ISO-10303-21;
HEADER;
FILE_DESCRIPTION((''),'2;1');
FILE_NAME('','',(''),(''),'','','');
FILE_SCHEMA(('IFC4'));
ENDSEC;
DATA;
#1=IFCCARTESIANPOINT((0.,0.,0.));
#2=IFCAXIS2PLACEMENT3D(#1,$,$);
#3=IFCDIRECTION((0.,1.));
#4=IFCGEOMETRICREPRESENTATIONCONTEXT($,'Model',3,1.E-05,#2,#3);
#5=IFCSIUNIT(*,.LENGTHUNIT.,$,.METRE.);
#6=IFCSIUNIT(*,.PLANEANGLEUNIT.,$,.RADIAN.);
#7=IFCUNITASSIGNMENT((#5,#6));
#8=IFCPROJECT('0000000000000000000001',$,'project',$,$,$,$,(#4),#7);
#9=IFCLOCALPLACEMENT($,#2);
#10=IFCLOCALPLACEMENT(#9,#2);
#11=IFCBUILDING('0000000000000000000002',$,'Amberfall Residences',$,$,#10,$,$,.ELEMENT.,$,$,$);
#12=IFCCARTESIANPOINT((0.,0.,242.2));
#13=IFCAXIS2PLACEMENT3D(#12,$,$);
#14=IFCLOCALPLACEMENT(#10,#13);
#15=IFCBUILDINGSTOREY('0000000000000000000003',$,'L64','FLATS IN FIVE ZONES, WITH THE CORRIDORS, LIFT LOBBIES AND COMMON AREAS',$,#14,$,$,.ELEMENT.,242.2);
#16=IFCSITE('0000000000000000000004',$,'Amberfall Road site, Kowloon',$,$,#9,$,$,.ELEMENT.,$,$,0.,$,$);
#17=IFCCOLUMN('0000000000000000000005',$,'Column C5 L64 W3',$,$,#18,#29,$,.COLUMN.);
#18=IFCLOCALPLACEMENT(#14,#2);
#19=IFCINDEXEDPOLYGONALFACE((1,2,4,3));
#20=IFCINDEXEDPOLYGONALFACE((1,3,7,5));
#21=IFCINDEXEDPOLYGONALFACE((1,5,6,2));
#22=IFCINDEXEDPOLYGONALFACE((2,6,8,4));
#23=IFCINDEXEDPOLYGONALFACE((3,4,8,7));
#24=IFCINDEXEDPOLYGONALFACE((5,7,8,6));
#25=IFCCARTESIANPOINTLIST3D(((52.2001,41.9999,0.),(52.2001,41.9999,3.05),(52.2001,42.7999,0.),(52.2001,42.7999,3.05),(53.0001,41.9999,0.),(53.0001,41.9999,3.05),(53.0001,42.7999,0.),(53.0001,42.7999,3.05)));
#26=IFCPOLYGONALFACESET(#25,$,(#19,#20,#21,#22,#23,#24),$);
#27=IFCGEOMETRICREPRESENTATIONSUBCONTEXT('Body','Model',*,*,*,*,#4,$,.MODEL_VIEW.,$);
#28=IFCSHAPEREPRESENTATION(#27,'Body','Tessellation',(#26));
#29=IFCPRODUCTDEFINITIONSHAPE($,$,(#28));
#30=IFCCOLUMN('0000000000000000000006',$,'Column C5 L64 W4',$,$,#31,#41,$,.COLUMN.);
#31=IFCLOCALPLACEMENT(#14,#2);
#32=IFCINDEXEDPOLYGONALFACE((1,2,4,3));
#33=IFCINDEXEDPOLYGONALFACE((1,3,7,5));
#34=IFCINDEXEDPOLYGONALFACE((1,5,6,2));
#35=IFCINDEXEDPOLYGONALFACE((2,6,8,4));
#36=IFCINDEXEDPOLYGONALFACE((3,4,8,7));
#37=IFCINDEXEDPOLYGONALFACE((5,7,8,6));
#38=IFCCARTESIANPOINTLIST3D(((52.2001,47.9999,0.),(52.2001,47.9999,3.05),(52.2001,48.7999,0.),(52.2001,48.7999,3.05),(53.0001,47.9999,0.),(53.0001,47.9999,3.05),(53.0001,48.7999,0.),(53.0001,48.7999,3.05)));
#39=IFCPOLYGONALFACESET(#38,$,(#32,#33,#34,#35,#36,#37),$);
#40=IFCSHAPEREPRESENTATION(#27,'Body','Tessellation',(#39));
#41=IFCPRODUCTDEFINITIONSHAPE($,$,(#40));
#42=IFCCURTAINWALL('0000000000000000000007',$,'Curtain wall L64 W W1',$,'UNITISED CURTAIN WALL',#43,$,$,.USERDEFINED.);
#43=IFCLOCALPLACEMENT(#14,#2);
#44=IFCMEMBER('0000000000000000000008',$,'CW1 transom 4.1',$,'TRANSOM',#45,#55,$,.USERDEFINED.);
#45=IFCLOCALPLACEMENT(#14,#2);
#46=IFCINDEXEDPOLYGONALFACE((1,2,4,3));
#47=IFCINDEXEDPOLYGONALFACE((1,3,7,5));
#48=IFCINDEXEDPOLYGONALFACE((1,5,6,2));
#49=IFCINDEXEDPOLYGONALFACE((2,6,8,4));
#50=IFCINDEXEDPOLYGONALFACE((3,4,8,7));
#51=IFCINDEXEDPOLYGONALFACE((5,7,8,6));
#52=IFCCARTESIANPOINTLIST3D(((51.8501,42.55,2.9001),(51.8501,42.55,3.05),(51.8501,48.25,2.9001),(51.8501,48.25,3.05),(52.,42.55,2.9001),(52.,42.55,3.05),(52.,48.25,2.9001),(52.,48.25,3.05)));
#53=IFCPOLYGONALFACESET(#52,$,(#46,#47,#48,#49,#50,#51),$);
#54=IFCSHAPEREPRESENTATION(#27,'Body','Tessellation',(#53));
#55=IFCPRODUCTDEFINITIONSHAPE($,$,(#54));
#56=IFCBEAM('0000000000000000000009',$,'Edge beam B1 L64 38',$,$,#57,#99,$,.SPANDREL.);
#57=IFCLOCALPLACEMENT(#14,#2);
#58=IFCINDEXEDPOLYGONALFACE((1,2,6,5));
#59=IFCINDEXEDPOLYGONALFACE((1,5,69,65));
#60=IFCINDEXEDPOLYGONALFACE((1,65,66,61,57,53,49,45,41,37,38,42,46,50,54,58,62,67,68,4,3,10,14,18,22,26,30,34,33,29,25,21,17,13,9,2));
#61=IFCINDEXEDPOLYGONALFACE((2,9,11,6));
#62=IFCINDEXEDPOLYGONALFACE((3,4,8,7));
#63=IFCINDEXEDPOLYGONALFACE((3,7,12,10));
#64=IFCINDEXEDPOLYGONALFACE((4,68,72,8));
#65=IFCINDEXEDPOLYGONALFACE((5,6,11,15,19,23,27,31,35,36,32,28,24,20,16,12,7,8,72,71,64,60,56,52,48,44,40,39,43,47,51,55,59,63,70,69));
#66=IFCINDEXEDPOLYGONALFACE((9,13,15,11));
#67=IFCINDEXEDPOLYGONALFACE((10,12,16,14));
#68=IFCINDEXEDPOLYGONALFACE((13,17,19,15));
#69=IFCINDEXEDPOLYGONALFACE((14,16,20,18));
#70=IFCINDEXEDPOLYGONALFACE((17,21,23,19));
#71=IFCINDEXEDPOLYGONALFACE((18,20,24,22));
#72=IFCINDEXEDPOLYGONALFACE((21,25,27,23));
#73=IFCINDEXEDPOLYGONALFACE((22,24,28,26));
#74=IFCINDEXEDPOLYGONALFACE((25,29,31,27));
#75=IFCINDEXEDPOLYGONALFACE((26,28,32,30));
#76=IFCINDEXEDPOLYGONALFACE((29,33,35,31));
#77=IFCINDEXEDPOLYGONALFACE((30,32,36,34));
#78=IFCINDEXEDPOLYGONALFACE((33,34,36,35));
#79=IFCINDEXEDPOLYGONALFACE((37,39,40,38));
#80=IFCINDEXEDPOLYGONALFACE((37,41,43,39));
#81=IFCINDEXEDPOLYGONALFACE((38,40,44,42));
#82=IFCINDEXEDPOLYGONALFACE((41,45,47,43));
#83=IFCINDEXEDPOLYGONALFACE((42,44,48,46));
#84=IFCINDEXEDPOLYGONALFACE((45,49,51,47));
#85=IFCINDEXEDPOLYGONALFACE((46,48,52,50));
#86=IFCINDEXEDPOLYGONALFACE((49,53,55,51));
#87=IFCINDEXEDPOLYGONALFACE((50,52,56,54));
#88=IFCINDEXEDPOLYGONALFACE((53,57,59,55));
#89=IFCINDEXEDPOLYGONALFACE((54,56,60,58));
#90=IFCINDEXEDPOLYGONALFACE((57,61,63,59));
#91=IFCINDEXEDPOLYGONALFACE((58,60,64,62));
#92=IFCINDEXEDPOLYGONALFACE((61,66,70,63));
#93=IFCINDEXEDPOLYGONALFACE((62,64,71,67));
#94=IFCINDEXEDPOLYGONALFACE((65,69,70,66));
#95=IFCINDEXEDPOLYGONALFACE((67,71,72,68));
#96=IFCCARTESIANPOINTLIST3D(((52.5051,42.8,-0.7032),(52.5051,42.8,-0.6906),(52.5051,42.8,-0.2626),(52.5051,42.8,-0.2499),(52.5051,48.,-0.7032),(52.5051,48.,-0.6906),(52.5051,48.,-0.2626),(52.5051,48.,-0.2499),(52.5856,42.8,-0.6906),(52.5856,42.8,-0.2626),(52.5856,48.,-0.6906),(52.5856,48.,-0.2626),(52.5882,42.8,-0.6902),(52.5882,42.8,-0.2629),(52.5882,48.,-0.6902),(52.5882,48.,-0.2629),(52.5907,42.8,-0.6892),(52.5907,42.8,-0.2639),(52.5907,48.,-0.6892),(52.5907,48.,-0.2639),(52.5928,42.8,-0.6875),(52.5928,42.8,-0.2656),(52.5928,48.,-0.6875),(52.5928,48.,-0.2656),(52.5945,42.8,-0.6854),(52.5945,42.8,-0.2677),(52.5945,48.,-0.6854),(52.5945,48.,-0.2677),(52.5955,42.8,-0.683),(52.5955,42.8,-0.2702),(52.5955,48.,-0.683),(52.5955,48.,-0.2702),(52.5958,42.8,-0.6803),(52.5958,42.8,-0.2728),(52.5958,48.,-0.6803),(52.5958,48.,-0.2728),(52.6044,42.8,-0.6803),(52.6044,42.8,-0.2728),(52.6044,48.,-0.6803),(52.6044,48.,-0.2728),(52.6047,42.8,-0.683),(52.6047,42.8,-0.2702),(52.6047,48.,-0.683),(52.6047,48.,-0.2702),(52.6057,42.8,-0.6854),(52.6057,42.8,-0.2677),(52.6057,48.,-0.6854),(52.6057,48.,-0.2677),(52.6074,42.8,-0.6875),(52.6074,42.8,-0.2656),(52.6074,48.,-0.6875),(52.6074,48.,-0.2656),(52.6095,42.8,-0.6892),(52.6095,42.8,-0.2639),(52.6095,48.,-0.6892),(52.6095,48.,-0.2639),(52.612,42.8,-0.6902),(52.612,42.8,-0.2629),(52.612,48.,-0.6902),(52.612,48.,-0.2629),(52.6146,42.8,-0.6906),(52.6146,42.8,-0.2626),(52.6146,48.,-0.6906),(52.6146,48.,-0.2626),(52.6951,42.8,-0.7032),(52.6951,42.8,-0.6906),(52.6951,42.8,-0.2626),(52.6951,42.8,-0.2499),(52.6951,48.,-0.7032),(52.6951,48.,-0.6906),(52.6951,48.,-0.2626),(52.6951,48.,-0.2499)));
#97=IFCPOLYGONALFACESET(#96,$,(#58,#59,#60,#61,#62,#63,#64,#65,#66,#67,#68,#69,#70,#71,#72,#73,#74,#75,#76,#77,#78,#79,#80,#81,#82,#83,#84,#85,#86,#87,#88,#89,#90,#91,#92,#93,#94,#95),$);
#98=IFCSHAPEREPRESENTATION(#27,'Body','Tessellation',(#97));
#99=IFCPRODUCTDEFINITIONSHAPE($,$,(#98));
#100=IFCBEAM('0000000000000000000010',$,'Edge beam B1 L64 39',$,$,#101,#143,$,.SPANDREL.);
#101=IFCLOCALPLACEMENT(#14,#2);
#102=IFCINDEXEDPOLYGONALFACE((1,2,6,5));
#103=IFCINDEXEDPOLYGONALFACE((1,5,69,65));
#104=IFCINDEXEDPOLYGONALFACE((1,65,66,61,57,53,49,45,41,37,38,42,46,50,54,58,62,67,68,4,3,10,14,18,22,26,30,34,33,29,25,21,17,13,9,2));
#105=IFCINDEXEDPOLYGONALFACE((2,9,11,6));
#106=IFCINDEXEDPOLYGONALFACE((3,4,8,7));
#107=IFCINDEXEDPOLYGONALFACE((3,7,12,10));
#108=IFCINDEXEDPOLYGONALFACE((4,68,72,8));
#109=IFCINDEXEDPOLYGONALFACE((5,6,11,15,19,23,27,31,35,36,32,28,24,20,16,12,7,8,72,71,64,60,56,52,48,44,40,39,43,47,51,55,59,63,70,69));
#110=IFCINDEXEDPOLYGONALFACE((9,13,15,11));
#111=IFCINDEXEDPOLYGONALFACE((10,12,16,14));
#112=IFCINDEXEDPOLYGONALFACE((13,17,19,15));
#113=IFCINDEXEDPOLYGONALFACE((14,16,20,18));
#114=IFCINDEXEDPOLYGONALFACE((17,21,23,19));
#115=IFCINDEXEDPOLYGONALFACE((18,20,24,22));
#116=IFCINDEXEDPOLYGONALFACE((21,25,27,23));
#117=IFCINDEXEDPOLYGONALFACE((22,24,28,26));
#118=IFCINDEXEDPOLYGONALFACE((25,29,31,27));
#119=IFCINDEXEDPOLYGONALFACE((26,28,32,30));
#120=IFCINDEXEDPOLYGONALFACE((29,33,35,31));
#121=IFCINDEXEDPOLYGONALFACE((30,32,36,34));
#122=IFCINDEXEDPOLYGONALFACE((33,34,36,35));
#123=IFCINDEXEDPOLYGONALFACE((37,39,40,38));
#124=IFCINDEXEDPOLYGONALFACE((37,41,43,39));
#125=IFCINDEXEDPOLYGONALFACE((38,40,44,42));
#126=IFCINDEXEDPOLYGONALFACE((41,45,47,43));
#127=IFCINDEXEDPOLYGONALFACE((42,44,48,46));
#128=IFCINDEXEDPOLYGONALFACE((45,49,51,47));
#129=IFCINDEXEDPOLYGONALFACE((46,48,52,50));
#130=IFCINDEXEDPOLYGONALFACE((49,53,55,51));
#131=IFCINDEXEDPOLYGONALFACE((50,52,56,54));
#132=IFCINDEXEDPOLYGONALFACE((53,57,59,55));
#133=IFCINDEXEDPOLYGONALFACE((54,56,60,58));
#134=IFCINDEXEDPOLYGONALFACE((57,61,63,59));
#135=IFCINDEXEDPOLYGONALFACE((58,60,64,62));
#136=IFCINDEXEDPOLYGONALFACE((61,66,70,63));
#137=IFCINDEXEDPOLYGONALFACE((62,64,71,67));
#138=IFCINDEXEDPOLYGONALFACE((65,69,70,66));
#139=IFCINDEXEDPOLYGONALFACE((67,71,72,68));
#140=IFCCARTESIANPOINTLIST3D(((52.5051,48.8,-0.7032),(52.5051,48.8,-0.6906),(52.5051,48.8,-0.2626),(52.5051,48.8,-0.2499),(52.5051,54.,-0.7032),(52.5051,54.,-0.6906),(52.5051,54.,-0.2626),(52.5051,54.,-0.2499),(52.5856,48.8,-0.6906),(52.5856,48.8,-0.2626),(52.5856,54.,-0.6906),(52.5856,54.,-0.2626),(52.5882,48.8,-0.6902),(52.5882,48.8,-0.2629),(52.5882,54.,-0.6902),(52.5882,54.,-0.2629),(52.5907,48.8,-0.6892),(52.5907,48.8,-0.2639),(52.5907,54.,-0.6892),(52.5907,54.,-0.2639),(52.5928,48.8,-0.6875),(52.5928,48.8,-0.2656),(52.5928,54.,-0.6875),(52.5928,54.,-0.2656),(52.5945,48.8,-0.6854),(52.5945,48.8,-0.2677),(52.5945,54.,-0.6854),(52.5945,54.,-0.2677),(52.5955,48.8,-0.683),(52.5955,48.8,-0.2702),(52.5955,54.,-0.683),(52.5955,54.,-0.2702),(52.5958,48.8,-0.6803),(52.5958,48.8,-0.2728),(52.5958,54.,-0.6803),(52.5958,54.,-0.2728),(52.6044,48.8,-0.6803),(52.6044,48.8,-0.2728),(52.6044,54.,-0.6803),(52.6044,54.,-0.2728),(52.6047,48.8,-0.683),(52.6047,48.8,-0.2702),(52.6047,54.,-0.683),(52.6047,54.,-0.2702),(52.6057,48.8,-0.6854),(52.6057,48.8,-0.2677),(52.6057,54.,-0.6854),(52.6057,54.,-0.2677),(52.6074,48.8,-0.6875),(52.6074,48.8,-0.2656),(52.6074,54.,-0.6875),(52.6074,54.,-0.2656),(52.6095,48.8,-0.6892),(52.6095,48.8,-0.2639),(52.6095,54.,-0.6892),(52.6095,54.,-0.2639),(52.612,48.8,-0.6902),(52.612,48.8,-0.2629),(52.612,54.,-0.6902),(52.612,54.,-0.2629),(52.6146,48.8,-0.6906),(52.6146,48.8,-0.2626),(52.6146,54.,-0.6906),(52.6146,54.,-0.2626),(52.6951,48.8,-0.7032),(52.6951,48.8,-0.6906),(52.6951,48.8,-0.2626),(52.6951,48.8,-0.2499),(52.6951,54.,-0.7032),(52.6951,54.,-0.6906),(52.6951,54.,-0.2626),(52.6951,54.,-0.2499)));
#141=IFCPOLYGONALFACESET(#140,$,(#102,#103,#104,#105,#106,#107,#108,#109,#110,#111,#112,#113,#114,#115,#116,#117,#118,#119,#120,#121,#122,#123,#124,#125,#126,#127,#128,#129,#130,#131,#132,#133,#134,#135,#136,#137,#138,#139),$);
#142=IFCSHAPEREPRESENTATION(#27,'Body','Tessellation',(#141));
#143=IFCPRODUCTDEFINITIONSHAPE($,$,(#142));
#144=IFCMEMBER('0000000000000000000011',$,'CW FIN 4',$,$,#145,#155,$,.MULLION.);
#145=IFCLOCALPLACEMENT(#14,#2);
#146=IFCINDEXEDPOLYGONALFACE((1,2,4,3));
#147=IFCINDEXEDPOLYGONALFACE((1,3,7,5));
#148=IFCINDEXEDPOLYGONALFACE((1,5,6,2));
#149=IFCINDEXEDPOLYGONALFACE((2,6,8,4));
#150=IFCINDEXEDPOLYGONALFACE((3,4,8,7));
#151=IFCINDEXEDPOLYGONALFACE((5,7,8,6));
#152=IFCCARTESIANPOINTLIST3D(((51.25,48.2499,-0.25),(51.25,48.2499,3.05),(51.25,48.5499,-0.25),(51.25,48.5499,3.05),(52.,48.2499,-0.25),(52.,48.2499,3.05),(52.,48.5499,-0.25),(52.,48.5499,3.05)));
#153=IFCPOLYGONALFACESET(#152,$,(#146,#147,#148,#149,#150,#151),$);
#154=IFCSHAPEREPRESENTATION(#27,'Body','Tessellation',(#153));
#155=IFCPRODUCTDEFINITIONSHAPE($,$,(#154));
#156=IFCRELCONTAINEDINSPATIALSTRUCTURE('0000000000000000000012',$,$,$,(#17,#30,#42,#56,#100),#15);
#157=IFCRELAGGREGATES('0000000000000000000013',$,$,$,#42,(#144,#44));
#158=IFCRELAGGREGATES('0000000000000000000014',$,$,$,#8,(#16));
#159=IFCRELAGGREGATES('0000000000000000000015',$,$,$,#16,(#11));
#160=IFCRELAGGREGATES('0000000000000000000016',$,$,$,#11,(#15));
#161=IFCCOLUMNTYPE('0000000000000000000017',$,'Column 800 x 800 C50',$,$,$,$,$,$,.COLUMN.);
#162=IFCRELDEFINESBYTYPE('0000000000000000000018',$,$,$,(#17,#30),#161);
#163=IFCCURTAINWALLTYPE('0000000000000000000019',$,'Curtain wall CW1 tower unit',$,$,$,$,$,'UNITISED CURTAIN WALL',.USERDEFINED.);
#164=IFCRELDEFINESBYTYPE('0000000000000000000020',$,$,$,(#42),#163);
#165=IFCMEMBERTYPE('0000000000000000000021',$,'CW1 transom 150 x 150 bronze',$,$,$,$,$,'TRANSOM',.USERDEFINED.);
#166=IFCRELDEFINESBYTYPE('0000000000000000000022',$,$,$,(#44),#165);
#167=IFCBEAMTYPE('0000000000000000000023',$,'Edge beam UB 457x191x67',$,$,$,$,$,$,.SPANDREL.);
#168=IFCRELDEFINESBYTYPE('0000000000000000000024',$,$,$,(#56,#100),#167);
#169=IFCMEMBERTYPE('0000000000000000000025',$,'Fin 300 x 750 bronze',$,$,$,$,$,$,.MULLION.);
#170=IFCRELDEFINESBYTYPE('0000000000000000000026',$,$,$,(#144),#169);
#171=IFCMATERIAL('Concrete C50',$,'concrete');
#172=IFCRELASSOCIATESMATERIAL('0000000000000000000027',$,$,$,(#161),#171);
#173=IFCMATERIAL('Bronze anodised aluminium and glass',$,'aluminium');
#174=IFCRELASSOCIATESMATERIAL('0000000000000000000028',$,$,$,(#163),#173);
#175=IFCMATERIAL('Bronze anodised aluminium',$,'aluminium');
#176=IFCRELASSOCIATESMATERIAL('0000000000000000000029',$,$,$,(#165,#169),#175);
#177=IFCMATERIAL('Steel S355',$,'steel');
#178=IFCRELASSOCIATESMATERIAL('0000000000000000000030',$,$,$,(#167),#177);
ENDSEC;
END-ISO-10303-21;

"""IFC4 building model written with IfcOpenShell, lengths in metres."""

from ifc_helpers import new_model, si_unit, direction, frame, origin, origin_2d, place, context, subcontext, project, spatial, rectangle, i_section, extrude, material, material_profile, profile_set, type_object, element, aggregate, save


model = new_model("IFC4")

# Units and contexts
model_context = context("Model", 3, precision=1e-05, world=origin(), true_north=direction((0.0, 1.0)))
body_context = subcontext(model_context, "Body", "Model", "MODEL_VIEW")
ifc_project = project(units=[si_unit("LENGTHUNIT", "METRE"), si_unit("PLANEANGLEUNIT", "RADIAN")], contexts=[model_context])

# Site, building, storey
site_placement = place(None, origin())
site = spatial("IfcSite", under=ifc_project, at=site_placement, Name="Amberfall Road site, Kowloon", CompositionType="ELEMENT", RefElevation=0.0)
building_placement = place(site_placement, origin())
building = spatial("IfcBuilding", under=site, at=building_placement, Name="Amberfall Residences", CompositionType="ELEMENT")
storey_placement = place(building_placement, frame((0.0, 0.0, 242.2)))
storey = spatial("IfcBuildingStorey", under=building, at=storey_placement, Name="L64", Description="FLATS IN FIVE ZONES, WITH THE CORRIDORS, LIFT LOBBIES AND COMMON AREAS", CompositionType="ELEMENT", Elevation=242.2)

# Columns
ifc_material_1 = material(Name="Concrete C50", Category="concrete")
ifc_material_profile_1 = material_profile(ifc_material_1, rectangle(XDim=0.8, YDim=0.8, at=origin_2d()), Name="Column 800 x 800 C50")
ifc_profile_set_1 = profile_set([ifc_material_profile_1], Name="Concrete C50")
column_type = type_object("IfcColumnType", Name="Column 800 x 800 C50", PredefinedType="COLUMN", material=ifc_profile_set_1)
for number, where, z_axis, x_axis, name in (
    (1, (52.6001, 42.3999, 0.0), (0.0, 0.0, 1.0), (1.0, 0.0, 0.0), "Column C5 L64 W3"),
    (2, (52.6001, 48.3999, 0.0), (0.0, 0.0, 1.0), (1.0, 0.0, 0.0), "Column C5 L64 W4"),
):
    element("IfcColumn", number, at=place(storey_placement, frame(where, z_axis=z_axis, x_axis=x_axis)), inside=storey, type_object=column_type, Name=name, PredefinedType="COLUMN", context=body_context, shape_type="SweptSolid", body=[
        extrude(rectangle(XDim=0.8, YDim=0.8, at=origin_2d()), origin(), (0.0, 0.0, 1.0), 3.05),
    ])

# Curtain wall, member
ifc_material_2 = material(Name="Bronze anodised aluminium and glass", Category="aluminium")
curtain_wall_type = type_object("IfcCurtainWallType", Name="Curtain wall CW1 tower unit", ElementType="UNITISED CURTAIN WALL", PredefinedType="USERDEFINED", material=ifc_material_2)
curtain_wall_placement = place(storey_placement, origin())
curtain_wall = element("IfcCurtainWall", 3, at=curtain_wall_placement, inside=storey, type_object=curtain_wall_type, Name="Curtain wall L64 W W1", ObjectType="UNITISED CURTAIN WALL", PredefinedType="USERDEFINED")
ifc_material_3 = material(Name="Bronze anodised aluminium", Category="aluminium")
ifc_material_profile_2 = material_profile(ifc_material_3, rectangle(XDim=0.1499, YDim=0.1499, at=origin_2d()), Name="CW1 transom 150 x 150 bronze")
ifc_profile_set_2 = profile_set([ifc_material_profile_2], Name="Bronze anodised aluminium")
member_type_1 = type_object("IfcMemberType", Name="CW1 transom 150 x 150 bronze", ElementType="TRANSOM", PredefinedType="USERDEFINED", material=ifc_profile_set_2)
member_1_placement = place(storey_placement, frame((51.925, 48.25, 2.9751), z_axis=(0.0, -1.0, 0.0), x_axis=(1.0, 0.0, 0.0)))
member_1 = element("IfcMember", 4, at=member_1_placement, type_object=member_type_1, Name="CW1 transom 4.1", ObjectType="TRANSOM", PredefinedType="USERDEFINED", context=body_context, shape_type="SweptSolid", body=[
    extrude(rectangle(XDim=0.1499, YDim=0.1499, at=origin_2d()), origin(), (0.0, 0.0, 1.0), 5.7),
])

# Beams
ifc_material_4 = material(Name="Steel S355", Category="steel")
ifc_material_profile_3 = material_profile(ifc_material_4, i_section(OverallWidth=0.1899, OverallDepth=0.4534, WebThickness=0.0085, FlangeThickness=0.0127, FilletRadius=0.0103, at=origin_2d()), Name="UB 457x191x67")
ifc_profile_set_3 = profile_set([ifc_material_profile_3], Name="Steel S355")
beam_type_1 = type_object("IfcBeamType", Name="Edge beam UB 457x191x67", PredefinedType="SPANDREL", material=ifc_profile_set_3)
for number, where, z_axis, x_axis, name in (
    (5, (52.6001, 42.8, -0.4766), (0.0, 1.0, 0.0), (-1.0, 0.0, 0.0), "Edge beam B1 L64 38"),
    (6, (52.6001, 48.8, -0.4766), (0.0, 1.0, 0.0), (-1.0, 0.0, 0.0), "Edge beam B1 L64 39"),
):
    element("IfcBeam", number, at=place(storey_placement, frame(where, z_axis=z_axis, x_axis=x_axis)), inside=storey, type_object=beam_type_1, Name=name, PredefinedType="SPANDREL", context=body_context, shape_type="SweptSolid", body=[
        extrude(i_section(OverallWidth=0.1899, OverallDepth=0.4534, WebThickness=0.0085, FlangeThickness=0.0127, FilletRadius=0.0103, at=origin_2d()), origin(), (0.0, 0.0, 1.0), 5.2),
    ])

# Member
ifc_material_profile_4 = material_profile(ifc_material_3, rectangle(XDim=0.75, YDim=0.3, at=origin_2d()), Name="Fin 300 x 750 bronze")
ifc_profile_set_4 = profile_set([ifc_material_profile_4], Name="Bronze anodised aluminium")
member_type_2 = type_object("IfcMemberType", Name="Fin 300 x 750 bronze", PredefinedType="MULLION", material=ifc_profile_set_4)
member_2_placement = place(storey_placement, frame((51.625, 48.3999, -0.25), z_axis=(0.0, 0.0, 1.0), x_axis=(1.0, 0.0, 0.0)))
member_2 = element("IfcMember", 7, at=member_2_placement, type_object=member_type_2, Name="CW FIN 4", PredefinedType="MULLION", context=body_context, shape_type="SweptSolid", body=[
    extrude(rectangle(XDim=0.75, YDim=0.3, at=origin_2d()), origin(), (0.0, 0.0, 1.0), 3.3),
])

aggregate(curtain_wall, [member_2, member_1])

save(model, "model.ifc")
